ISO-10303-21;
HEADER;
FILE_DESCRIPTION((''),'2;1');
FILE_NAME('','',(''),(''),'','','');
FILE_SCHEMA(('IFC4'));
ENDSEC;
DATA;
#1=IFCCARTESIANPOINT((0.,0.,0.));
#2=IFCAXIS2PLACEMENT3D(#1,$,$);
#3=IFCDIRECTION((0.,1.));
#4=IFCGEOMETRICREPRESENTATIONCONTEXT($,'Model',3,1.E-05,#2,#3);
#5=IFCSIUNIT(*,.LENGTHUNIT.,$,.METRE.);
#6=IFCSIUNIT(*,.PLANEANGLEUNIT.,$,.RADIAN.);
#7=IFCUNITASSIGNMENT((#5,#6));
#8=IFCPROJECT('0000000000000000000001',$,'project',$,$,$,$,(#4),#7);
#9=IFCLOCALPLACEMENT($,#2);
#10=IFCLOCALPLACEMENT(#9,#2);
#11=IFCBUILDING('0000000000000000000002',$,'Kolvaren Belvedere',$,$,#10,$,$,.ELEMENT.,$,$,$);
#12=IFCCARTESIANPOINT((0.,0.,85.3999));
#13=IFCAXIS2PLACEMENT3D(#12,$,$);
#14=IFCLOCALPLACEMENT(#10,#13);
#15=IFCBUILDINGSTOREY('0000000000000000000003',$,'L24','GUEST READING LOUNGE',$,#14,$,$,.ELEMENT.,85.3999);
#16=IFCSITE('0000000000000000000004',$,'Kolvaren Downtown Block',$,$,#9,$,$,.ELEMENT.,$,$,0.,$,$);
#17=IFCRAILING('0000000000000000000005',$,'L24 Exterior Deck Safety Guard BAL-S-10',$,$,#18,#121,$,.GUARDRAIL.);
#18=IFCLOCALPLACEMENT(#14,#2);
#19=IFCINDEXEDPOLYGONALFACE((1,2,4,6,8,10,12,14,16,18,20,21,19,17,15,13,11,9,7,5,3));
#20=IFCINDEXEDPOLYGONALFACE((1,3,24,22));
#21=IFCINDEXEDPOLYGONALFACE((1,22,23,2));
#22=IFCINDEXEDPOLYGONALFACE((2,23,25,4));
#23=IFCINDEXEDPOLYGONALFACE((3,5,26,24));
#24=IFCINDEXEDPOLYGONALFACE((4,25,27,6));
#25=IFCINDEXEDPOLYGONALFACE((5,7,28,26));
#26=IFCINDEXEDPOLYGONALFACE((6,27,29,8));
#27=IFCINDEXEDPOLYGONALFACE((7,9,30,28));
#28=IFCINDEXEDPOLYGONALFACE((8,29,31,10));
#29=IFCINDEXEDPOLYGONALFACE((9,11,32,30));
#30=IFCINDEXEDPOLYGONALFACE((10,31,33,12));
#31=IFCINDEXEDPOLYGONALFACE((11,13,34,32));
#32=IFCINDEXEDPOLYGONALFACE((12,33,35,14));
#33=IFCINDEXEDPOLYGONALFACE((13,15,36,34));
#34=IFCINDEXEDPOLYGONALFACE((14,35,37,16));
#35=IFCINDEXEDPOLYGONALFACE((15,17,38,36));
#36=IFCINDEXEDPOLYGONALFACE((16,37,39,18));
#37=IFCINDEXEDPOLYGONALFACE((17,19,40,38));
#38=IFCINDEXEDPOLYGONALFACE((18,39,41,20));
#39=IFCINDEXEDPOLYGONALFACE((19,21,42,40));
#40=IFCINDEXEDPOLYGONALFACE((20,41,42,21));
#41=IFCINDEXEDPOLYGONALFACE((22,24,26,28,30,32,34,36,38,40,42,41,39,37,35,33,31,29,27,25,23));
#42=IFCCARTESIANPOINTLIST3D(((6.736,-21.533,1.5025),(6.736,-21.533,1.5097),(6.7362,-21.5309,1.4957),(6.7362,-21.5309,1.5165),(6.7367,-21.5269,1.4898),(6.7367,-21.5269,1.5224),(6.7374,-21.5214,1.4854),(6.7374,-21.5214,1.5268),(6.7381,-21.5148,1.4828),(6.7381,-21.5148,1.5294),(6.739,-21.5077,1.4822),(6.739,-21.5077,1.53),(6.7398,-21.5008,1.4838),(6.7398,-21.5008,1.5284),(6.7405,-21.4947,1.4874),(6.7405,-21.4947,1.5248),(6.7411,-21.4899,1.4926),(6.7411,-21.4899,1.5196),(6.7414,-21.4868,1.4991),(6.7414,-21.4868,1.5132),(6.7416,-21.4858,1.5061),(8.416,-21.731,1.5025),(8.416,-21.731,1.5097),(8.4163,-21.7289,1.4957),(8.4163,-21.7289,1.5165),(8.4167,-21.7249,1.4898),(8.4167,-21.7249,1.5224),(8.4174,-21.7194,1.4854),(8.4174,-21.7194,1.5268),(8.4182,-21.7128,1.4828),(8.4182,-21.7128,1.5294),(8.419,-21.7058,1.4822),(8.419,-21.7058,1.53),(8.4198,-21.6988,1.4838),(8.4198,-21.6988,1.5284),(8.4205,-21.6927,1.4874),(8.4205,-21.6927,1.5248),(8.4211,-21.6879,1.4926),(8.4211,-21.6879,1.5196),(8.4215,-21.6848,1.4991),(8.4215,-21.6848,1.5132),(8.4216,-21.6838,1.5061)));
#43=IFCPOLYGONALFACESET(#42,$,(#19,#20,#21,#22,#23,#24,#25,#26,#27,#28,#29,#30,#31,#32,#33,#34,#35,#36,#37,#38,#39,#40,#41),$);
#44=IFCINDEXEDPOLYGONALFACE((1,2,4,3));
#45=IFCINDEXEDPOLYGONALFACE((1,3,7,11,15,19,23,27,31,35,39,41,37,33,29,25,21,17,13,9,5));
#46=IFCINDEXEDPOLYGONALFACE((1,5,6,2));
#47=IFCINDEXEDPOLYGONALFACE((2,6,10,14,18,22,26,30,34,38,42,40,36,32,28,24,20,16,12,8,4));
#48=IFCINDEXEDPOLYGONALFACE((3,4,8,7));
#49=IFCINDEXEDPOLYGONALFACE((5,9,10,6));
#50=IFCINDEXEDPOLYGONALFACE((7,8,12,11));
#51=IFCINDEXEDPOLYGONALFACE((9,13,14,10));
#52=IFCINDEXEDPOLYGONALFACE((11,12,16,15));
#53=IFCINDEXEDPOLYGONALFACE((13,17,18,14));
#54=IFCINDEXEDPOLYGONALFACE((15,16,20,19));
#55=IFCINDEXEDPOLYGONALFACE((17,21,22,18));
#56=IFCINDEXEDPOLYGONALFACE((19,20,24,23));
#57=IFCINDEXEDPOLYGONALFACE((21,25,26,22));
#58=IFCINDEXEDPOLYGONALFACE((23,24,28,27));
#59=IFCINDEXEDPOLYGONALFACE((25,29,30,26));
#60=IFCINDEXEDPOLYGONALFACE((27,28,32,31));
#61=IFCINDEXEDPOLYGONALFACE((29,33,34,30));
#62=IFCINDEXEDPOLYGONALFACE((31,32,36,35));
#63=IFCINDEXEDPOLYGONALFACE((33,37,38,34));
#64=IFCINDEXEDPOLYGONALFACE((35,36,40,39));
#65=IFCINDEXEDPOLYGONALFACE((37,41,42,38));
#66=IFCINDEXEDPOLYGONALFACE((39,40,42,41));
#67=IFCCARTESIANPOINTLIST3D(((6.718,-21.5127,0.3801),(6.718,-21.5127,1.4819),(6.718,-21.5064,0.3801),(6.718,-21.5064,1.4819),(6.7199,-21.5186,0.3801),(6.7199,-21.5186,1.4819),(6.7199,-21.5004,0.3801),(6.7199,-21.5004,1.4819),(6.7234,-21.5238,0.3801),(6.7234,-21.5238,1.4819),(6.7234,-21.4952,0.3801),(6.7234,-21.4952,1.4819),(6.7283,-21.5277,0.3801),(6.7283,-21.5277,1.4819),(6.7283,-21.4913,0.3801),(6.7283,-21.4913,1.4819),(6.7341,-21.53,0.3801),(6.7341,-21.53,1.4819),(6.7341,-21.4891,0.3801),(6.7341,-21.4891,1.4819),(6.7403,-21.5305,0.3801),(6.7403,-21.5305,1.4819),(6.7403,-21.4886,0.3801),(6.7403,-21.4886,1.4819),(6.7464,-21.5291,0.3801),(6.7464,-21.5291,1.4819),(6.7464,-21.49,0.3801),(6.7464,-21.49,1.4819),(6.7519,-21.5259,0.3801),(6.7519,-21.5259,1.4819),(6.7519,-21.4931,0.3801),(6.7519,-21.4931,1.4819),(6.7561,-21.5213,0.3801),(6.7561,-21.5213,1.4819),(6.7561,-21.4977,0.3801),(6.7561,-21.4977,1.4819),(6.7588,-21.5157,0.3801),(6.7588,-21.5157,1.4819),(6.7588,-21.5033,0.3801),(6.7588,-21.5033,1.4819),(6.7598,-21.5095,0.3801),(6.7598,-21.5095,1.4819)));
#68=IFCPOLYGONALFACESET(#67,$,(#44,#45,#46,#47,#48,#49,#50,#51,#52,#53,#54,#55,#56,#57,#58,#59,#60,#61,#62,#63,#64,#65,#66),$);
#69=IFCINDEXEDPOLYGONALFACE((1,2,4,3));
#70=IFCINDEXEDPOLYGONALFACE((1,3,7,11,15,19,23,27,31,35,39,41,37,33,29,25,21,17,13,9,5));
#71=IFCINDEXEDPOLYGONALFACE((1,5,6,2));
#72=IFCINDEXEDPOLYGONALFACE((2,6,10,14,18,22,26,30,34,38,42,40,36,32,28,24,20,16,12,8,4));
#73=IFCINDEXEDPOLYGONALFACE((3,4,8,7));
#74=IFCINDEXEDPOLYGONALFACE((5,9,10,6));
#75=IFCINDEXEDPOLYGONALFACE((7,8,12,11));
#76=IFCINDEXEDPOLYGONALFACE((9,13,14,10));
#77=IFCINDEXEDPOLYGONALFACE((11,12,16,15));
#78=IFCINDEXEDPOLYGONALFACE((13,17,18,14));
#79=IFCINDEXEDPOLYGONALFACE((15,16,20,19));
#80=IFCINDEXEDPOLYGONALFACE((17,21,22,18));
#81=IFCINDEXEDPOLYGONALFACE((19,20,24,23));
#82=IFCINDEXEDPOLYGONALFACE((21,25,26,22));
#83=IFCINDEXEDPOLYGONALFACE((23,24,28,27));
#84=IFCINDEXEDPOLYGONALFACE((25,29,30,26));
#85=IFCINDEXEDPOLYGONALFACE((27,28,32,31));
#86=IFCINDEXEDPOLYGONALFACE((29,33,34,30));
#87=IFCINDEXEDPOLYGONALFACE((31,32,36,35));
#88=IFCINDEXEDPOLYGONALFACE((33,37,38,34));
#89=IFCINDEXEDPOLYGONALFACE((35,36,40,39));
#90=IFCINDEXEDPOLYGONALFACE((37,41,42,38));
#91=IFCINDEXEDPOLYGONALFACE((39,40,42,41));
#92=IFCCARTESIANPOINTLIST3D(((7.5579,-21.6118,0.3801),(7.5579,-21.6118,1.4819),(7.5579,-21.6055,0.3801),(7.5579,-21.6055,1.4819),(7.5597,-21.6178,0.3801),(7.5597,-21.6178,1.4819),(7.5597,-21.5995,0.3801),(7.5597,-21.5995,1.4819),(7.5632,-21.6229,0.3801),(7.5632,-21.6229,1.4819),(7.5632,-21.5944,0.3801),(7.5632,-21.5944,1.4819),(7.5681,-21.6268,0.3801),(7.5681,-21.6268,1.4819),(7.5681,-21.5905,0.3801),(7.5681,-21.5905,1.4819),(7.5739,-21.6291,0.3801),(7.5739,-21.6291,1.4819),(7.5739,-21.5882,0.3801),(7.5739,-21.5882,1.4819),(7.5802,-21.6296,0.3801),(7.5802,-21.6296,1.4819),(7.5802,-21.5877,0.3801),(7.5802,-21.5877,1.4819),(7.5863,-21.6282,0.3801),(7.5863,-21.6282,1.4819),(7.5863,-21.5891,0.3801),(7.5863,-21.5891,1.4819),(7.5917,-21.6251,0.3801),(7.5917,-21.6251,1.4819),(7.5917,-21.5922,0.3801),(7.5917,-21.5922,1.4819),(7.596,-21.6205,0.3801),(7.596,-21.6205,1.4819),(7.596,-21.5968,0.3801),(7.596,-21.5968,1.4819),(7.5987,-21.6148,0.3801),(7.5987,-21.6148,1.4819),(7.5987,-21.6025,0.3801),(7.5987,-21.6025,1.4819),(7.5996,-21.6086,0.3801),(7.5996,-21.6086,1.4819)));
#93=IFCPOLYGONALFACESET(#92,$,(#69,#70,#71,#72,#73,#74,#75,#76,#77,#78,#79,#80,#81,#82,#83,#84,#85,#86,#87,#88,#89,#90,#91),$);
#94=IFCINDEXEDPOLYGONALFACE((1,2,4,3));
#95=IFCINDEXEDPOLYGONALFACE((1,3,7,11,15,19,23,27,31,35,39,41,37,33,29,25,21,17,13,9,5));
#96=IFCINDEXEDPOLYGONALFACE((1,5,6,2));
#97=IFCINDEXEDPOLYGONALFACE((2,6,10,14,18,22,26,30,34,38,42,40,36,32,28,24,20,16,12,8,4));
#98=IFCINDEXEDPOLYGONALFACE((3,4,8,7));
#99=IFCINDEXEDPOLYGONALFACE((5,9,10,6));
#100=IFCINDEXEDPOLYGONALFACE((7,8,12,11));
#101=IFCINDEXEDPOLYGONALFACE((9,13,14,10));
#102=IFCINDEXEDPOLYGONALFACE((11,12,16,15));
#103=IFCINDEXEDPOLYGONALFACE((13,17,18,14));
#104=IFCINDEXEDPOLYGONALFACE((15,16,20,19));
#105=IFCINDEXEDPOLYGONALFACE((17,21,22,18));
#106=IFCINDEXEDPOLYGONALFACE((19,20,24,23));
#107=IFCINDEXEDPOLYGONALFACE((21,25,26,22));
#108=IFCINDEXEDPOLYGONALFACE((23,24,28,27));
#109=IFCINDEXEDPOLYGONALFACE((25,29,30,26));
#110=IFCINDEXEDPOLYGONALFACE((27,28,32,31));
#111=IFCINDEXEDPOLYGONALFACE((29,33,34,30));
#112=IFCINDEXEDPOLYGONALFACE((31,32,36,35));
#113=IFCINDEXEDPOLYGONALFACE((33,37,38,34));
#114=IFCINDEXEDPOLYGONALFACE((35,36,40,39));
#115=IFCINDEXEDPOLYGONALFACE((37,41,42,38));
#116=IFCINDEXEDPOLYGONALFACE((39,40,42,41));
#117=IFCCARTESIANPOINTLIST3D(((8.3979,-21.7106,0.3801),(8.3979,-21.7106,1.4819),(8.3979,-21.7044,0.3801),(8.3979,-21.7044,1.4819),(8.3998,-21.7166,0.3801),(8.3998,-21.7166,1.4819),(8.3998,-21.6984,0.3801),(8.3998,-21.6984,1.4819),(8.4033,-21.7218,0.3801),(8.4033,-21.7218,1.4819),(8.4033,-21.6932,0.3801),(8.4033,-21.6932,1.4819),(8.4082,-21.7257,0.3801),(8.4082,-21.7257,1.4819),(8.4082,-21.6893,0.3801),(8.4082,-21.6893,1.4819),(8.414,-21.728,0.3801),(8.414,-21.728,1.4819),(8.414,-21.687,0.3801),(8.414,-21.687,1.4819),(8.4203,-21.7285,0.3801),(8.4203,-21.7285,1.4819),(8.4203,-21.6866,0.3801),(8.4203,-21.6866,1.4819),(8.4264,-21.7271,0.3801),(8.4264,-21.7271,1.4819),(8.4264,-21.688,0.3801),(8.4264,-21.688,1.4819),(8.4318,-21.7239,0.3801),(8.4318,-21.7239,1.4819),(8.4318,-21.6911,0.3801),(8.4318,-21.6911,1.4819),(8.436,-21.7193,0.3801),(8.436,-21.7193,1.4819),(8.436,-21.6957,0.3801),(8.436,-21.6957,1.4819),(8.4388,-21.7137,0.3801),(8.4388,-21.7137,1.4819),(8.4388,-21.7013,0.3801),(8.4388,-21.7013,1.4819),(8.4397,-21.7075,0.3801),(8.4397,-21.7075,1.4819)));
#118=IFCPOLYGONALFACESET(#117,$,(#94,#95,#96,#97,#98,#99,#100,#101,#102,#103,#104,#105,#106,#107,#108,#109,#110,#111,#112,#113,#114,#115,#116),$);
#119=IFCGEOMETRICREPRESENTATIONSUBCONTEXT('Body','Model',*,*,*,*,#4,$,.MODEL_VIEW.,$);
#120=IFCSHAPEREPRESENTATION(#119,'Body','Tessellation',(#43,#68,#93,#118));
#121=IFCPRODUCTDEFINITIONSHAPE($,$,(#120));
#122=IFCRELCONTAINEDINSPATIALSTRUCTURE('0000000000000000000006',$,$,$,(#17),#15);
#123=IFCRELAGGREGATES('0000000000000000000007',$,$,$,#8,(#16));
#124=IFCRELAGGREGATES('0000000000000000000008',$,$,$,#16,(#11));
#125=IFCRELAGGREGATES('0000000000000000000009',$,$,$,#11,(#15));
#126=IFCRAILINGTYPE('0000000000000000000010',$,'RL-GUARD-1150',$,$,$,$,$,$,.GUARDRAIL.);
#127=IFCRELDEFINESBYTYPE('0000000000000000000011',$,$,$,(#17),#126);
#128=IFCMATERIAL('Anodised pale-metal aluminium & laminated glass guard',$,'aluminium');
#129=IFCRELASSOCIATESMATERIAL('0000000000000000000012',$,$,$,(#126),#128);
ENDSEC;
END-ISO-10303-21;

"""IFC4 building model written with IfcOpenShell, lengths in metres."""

from ifc_helpers import new_model, si_unit, direction, frame, origin, origin_2d, place, context, subcontext, project, spatial, circle, extrude, material, type_object, element, save


model = new_model("IFC4")

# Units and contexts
model_context = context("Model", 3, precision=1e-05, world=origin(), true_north=direction((0.0, 1.0)))
body_context = subcontext(model_context, "Body", "Model", "MODEL_VIEW")
ifc_project = project(units=[si_unit("LENGTHUNIT", "METRE"), si_unit("PLANEANGLEUNIT", "RADIAN")], contexts=[model_context])

# Site, building, storey
site_placement = place(None, origin())
site = spatial("IfcSite", under=ifc_project, at=site_placement, Name="Kolvaren Downtown Block", CompositionType="ELEMENT", RefElevation=0.0)
building_placement = place(site_placement, origin())
building = spatial("IfcBuilding", under=site, at=building_placement, Name="Kolvaren Belvedere", CompositionType="ELEMENT")
storey_placement = place(building_placement, frame((0.0, 0.0, 85.3999)))
storey = spatial("IfcBuildingStorey", under=building, at=storey_placement, Name="L24", Description="GUEST READING LOUNGE", CompositionType="ELEMENT", Elevation=85.3999)

# Railing
ifc_material_1 = material(Name="Anodised pale-metal aluminium & laminated glass guard", Category="aluminium")
railing_type = type_object("IfcRailingType", Name="RL-GUARD-1150", PredefinedType="GUARDRAIL", material=ifc_material_1)
railing_1_placement = place(storey_placement, frame((6.7388, -21.5095, 0.3801)))
element("IfcRailing", 1, at=railing_1_placement, inside=storey, type_object=railing_type, Name="L24 Exterior Deck Safety Guard BAL-S-10", PredefinedType="GUARDRAIL", context=body_context, shape_type="SweptSolid", body=[
    extrude(circle(Radius=0.0239, at=origin_2d()), frame((0.0, 0.0, 1.126), z_axis=(0.993126, -0.117051, 0.0), x_axis=(0.117051, 0.993126, 0.0)), (0.0, 0.0, 1.0), 1.6917),
    extrude(circle(Radius=0.021, at=origin_2d()), origin(), (0.0, 0.0, 1.0), 1.1018),
    extrude(circle(Radius=0.021, at=origin_2d()), frame((0.8398, -0.0991, 0.0)), (0.0, 0.0, 1.0), 1.1018),
    extrude(circle(Radius=0.021, at=origin_2d()), frame((1.6799, -0.198, 0.0)), (0.0, 0.0, 1.0), 1.1018),
])

save(model, "model.ifc")
